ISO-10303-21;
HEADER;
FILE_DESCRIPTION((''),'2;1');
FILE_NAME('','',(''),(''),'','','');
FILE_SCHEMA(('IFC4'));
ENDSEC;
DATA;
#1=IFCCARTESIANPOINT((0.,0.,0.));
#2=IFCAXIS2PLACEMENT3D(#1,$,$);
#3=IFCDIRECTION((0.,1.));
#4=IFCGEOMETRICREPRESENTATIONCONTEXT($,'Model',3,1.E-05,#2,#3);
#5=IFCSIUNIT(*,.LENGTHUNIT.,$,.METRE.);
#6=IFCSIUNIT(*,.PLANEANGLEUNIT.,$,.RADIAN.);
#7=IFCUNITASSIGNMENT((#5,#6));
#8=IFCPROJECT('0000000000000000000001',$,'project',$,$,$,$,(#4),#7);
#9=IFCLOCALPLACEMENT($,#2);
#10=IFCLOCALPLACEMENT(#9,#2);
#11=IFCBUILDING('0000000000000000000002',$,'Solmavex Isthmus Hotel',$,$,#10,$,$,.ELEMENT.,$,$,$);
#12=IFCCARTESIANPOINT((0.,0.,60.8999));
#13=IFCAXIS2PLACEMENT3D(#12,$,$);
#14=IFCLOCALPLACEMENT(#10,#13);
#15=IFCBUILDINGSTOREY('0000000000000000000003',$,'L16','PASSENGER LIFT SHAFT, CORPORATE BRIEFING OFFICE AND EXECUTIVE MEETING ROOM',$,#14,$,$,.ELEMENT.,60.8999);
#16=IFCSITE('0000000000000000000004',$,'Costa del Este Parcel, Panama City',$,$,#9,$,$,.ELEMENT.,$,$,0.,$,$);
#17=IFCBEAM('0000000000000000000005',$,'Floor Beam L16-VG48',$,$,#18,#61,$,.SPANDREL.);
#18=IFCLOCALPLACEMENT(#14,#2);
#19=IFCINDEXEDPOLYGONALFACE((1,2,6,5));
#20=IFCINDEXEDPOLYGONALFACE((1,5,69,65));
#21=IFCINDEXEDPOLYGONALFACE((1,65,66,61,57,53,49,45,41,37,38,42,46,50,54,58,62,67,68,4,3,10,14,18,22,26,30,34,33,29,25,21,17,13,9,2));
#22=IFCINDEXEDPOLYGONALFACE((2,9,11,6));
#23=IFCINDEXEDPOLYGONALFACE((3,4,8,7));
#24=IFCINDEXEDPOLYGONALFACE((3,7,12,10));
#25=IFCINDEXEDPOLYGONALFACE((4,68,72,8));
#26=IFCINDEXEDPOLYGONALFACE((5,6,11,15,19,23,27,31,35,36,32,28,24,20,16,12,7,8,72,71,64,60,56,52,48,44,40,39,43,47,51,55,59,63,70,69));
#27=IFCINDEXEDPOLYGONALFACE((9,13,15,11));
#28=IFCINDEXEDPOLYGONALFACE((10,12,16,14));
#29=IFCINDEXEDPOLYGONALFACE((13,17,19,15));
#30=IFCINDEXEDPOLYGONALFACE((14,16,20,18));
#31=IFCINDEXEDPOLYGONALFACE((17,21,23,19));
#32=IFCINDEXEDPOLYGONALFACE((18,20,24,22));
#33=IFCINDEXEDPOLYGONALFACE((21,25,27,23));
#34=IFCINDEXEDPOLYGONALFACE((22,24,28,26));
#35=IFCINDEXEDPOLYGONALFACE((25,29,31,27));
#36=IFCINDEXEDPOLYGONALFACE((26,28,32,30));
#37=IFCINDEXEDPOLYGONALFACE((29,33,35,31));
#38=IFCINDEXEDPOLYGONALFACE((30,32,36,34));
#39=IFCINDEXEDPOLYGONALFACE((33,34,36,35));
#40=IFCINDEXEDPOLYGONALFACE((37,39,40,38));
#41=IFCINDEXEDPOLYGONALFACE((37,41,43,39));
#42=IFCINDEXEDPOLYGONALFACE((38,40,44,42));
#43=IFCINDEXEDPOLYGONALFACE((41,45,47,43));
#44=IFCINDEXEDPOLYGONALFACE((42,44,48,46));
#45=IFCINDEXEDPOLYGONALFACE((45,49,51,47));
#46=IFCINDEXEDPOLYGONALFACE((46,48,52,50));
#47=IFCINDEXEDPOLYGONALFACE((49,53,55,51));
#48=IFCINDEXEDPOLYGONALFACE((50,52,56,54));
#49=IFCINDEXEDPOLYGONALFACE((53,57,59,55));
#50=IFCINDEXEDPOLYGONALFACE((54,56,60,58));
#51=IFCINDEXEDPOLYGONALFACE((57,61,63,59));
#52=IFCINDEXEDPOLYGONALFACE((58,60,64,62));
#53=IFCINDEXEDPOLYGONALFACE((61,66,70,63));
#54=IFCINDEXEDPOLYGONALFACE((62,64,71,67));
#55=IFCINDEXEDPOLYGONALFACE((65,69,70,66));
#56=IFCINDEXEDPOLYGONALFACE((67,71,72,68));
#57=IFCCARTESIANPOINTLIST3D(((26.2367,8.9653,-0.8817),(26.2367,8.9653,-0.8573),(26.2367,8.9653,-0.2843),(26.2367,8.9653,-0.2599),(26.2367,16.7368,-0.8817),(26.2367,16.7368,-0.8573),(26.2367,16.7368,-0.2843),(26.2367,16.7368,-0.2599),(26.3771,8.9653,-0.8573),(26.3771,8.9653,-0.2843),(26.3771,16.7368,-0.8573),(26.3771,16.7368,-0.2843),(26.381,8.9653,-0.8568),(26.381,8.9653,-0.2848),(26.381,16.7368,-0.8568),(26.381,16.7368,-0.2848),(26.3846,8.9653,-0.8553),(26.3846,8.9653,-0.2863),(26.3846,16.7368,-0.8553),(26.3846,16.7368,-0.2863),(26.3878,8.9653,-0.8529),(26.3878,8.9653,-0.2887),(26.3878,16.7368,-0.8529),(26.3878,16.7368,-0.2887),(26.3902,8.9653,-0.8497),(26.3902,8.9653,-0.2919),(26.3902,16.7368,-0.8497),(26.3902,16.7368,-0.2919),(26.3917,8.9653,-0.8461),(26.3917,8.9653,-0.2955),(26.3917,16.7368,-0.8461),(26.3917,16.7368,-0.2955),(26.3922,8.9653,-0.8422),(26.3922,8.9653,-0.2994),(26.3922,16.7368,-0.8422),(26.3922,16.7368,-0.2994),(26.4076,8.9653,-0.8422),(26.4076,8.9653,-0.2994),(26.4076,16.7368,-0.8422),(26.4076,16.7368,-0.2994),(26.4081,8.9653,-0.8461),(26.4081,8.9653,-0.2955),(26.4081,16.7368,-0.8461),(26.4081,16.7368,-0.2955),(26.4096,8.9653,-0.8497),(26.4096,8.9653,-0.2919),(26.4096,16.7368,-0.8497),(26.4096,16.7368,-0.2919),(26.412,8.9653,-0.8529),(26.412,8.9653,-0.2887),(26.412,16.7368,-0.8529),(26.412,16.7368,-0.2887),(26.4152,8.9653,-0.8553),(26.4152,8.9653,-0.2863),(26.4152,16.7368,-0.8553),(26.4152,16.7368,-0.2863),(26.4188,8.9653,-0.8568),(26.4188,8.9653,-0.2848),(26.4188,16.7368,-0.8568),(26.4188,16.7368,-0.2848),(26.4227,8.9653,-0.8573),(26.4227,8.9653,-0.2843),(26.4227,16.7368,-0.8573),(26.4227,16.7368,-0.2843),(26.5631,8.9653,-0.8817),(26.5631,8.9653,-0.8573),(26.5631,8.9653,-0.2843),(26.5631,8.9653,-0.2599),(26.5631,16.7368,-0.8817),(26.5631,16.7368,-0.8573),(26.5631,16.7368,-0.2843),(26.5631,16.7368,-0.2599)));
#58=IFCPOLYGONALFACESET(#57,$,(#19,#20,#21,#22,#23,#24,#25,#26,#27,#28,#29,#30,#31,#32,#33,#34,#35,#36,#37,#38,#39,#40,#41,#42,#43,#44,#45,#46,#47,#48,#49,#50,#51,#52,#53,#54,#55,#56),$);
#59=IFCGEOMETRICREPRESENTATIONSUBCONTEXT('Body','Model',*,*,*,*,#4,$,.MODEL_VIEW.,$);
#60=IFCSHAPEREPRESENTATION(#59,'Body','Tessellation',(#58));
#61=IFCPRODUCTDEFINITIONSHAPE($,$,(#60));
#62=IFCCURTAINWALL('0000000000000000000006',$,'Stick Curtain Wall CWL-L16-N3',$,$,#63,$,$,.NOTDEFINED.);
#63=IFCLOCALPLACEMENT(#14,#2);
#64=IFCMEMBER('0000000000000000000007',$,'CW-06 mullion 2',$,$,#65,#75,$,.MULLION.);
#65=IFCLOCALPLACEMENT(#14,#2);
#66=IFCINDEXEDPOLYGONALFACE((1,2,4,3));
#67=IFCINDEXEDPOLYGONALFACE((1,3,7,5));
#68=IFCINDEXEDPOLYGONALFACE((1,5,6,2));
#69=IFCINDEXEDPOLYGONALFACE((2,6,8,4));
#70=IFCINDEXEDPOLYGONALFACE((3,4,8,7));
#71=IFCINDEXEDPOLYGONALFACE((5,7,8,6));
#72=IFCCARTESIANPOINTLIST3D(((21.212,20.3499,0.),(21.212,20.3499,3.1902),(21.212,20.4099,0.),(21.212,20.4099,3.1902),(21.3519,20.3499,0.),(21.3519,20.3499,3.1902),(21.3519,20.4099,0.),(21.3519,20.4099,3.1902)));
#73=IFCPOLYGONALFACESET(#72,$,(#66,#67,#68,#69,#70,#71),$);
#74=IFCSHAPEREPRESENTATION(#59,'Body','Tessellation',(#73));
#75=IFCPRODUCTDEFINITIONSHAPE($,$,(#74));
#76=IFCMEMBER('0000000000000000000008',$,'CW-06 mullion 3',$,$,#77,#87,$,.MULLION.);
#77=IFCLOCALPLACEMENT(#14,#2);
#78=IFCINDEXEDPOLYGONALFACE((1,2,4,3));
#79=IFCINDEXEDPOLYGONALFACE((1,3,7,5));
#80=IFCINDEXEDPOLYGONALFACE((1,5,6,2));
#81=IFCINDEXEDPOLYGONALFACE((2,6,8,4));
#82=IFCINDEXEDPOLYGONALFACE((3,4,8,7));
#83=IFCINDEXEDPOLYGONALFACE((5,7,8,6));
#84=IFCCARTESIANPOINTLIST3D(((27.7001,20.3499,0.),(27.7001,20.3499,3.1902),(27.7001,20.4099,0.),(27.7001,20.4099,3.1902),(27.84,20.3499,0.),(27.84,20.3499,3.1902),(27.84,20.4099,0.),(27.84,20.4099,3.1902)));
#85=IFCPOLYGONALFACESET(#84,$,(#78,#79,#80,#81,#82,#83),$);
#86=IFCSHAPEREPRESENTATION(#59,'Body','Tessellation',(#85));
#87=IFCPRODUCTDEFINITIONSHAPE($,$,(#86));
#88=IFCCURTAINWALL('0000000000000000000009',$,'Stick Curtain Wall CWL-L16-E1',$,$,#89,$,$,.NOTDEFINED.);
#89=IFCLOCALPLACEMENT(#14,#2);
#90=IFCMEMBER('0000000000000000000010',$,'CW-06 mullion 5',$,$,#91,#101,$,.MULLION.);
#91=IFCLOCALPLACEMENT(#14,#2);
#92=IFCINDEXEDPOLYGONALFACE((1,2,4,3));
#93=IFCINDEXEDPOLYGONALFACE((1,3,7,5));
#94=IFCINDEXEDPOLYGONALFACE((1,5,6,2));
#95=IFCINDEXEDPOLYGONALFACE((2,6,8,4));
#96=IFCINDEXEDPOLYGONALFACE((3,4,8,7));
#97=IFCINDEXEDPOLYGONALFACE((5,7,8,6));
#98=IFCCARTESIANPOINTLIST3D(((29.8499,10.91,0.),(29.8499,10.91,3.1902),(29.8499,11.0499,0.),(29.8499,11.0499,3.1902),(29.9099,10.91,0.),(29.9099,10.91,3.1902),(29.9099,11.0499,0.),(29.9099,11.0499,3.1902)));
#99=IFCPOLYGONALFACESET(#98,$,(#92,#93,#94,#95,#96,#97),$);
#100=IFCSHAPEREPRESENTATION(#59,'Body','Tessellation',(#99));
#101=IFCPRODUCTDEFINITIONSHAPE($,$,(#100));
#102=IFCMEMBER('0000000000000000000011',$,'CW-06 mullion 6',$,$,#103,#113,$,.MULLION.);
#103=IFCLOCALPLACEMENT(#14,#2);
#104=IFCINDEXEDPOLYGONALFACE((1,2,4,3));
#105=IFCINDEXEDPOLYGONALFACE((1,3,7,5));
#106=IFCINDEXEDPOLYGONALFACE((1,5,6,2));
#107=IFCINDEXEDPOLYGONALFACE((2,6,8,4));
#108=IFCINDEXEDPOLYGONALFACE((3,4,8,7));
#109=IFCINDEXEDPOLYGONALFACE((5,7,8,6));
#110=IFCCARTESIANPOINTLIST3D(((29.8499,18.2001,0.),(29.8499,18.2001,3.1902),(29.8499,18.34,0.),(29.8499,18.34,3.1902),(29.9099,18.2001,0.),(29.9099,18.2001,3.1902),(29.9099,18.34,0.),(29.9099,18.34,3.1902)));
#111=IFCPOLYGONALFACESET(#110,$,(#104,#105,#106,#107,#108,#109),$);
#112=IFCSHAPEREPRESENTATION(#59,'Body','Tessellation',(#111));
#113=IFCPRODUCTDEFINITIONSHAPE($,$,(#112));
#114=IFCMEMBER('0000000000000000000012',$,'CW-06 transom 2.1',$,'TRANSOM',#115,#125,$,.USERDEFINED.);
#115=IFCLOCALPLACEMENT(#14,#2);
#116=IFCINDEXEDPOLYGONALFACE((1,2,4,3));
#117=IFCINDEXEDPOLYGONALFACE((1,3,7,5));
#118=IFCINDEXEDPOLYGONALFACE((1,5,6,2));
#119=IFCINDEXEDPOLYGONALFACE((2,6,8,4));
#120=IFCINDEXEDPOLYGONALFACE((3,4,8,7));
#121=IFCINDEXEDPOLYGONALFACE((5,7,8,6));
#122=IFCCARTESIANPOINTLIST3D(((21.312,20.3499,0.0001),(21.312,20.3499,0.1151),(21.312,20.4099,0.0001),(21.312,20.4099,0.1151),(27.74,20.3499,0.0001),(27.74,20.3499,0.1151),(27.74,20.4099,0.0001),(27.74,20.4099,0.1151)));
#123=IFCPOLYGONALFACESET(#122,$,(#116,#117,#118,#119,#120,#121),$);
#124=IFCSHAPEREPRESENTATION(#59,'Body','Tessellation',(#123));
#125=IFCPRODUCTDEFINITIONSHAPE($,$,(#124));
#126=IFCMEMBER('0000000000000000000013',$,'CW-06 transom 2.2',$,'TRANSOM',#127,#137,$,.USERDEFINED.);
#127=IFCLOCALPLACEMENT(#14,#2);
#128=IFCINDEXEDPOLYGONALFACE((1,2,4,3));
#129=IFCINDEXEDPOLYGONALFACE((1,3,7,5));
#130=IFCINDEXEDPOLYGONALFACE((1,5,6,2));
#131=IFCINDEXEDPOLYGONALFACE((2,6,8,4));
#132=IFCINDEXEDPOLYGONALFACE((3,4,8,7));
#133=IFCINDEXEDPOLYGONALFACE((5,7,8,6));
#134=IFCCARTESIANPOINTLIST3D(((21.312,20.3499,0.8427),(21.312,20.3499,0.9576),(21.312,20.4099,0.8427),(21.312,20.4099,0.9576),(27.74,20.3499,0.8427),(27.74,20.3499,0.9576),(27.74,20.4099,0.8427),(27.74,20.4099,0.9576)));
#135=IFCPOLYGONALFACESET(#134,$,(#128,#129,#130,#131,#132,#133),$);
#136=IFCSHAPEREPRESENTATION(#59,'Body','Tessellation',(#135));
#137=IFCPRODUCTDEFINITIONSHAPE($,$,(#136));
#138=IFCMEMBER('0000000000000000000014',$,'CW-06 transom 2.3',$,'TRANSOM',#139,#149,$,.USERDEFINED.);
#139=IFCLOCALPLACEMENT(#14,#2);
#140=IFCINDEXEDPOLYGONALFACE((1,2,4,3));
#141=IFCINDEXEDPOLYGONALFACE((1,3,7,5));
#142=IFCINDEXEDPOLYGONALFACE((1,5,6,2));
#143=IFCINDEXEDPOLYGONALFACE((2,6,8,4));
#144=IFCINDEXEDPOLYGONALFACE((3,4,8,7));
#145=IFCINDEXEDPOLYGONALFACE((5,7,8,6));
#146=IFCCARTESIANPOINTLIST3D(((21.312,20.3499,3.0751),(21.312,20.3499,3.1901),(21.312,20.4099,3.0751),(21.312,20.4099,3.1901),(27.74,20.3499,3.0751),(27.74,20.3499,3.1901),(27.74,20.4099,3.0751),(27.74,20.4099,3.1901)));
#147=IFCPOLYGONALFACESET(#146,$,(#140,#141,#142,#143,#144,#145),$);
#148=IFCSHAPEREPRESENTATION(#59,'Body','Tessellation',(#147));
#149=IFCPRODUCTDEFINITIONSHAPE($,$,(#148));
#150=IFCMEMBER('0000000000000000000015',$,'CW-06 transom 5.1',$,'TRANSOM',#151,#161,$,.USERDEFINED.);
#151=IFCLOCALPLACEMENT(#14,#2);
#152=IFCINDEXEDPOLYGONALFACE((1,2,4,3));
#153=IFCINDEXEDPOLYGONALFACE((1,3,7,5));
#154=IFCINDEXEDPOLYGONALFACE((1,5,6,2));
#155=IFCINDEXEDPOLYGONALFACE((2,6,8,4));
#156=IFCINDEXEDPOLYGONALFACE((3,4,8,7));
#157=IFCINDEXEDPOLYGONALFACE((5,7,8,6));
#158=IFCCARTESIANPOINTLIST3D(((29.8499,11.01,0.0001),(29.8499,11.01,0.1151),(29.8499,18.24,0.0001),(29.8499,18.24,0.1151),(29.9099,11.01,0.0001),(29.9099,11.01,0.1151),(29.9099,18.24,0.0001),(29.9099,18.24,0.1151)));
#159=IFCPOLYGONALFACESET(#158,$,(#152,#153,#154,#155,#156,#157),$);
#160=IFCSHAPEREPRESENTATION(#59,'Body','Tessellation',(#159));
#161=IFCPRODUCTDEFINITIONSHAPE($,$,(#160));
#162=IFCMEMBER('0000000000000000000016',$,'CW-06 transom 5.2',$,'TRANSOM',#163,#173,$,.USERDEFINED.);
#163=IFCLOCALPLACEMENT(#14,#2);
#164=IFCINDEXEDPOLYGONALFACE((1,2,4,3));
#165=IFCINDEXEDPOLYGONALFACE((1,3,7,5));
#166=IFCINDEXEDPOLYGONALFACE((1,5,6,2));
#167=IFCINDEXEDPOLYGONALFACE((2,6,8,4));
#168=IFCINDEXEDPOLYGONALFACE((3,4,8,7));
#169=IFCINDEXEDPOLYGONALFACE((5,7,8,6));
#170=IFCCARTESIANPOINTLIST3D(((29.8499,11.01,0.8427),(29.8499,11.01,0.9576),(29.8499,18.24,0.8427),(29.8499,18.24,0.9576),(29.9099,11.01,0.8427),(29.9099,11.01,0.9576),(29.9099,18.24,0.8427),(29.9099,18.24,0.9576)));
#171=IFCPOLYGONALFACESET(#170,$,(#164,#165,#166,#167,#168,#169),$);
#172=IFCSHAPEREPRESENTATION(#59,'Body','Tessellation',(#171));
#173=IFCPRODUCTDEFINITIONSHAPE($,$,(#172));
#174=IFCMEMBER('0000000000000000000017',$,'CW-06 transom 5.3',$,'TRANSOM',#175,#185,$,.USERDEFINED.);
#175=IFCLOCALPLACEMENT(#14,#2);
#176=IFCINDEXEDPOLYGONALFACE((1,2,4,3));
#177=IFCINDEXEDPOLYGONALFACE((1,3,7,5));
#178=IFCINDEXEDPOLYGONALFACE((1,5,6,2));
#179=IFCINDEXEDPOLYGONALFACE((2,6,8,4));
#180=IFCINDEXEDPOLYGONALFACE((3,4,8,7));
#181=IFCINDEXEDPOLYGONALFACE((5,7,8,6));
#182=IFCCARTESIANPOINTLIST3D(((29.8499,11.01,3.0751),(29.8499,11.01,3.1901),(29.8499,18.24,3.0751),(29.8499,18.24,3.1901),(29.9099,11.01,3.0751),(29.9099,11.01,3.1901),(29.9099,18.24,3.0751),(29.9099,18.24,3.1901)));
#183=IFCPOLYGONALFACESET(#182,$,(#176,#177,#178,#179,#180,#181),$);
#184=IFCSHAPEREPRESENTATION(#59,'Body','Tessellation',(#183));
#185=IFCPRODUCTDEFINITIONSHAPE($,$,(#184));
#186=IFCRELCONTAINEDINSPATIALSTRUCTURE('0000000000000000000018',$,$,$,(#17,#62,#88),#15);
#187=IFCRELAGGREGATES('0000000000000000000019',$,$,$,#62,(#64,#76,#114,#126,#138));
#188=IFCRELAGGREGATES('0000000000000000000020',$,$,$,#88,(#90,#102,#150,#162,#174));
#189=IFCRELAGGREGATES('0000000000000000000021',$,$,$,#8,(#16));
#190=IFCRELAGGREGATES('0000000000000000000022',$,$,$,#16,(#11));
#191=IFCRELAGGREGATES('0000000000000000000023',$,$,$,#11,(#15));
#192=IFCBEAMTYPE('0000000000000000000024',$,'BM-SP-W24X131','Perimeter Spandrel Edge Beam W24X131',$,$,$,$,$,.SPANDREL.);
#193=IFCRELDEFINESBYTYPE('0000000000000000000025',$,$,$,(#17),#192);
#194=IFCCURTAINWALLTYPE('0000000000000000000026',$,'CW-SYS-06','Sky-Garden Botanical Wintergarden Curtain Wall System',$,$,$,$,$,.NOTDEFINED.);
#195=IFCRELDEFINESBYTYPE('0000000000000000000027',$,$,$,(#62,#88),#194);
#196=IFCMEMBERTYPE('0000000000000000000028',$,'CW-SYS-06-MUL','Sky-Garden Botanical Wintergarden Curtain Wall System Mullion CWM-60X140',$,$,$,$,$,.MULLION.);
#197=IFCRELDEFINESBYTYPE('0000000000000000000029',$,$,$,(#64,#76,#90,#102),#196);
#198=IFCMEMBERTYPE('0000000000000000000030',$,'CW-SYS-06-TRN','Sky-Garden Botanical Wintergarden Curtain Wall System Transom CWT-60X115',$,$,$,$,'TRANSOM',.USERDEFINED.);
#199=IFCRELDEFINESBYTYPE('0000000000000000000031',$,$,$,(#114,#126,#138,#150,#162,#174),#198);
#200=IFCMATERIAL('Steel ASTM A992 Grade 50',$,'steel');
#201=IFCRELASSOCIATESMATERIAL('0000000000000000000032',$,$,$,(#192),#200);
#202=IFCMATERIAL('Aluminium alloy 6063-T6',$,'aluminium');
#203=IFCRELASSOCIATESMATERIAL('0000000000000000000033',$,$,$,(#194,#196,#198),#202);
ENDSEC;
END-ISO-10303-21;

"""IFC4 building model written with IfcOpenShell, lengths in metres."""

from ifc_helpers import new_model, si_unit, direction, frame, origin, origin_2d, place, context, subcontext, project, spatial, rectangle, i_section, extrude, material, material_profile, profile_set, type_object, element, aggregate, save


model = new_model("IFC4")

# Units and contexts
model_context = context("Model", 3, precision=1e-05, world=origin(), true_north=direction((0.0, 1.0)))
body_context = subcontext(model_context, "Body", "Model", "MODEL_VIEW")
ifc_project = project(units=[si_unit("LENGTHUNIT", "METRE"), si_unit("PLANEANGLEUNIT", "RADIAN")], contexts=[model_context])

# Site, building, storey
site_placement = place(None, origin())
site = spatial("IfcSite", under=ifc_project, at=site_placement, Name="Costa del Este Parcel, Panama City", CompositionType="ELEMENT", RefElevation=0.0)
building_placement = place(site_placement, origin())
building = spatial("IfcBuilding", under=site, at=building_placement, Name="Solmavex Isthmus Hotel", CompositionType="ELEMENT")
storey_placement = place(building_placement, frame((0.0, 0.0, 60.8999)))
storey = spatial("IfcBuildingStorey", under=building, at=storey_placement, Name="L16", Description="PASSENGER LIFT SHAFT, CORPORATE BRIEFING OFFICE AND EXECUTIVE MEETING ROOM", CompositionType="ELEMENT", Elevation=60.8999)

# Beam
ifc_material_1 = material(Name="Steel ASTM A992 Grade 50", Category="steel")
ifc_material_profile_1 = material_profile(ifc_material_1, i_section(OverallWidth=0.3264, OverallDepth=0.6218, WebThickness=0.0154, FlangeThickness=0.0244, FilletRadius=0.0151, at=origin_2d()), Name="W24X131")
ifc_profile_set_1 = profile_set([ifc_material_profile_1], Name="Steel ASTM A992 Grade 50")
beam_type_1 = type_object("IfcBeamType", Name="BM-SP-W24X131", Description="Perimeter Spandrel Edge Beam W24X131", PredefinedType="SPANDREL", material=ifc_profile_set_1)
beam_1_placement = place(storey_placement, frame((26.3999, 8.9653, -0.5708), z_axis=(0.0, 1.0, 0.0), x_axis=(-1.0, 0.0, 0.0)))
element("IfcBeam", 1, at=beam_1_placement, inside=storey, type_object=beam_type_1, Name="Floor Beam L16-VG48", PredefinedType="SPANDREL", context=body_context, shape_type="SweptSolid", body=[
    extrude(i_section(OverallWidth=0.3264, OverallDepth=0.6218, WebThickness=0.0154, FlangeThickness=0.0244, FilletRadius=0.0151, at=origin_2d()), origin(), (0.0, 0.0, 1.0), 7.7715),
])

# Curtain walls, members
ifc_material_2 = material(Name="Aluminium alloy 6063-T6", Category="aluminium")
curtain_wall_type = type_object("IfcCurtainWallType", Name="CW-SYS-06", Description="Sky-Garden Botanical Wintergarden Curtain Wall System", PredefinedType="NOTDEFINED", material=ifc_material_2)
curtain_wall_1_placement = place(storey_placement, origin())
curtain_wall_1 = element("IfcCurtainWall", 2, at=curtain_wall_1_placement, inside=storey, type_object=curtain_wall_type, Name="Stick Curtain Wall CWL-L16-N3", PredefinedType="NOTDEFINED")
ifc_material_profile_2 = material_profile(ifc_material_2, rectangle(XDim=0.0601, YDim=0.1399, at=origin_2d()), Name="CWM-60X140")
ifc_profile_set_2 = profile_set([ifc_material_profile_2], Name="Aluminium alloy 6063-T6")
member_type_1 = type_object("IfcMemberType", Name="CW-SYS-06-MUL", Description="Sky-Garden Botanical Wintergarden Curtain Wall System Mullion CWM-60X140", PredefinedType="MULLION", material=ifc_profile_set_2)
member_1_placement = place(storey_placement, frame((21.282, 20.3799, 0.0), z_axis=(0.0, 0.0, 1.0), x_axis=(0.0, 1.0, 0.0)))
member_1 = element("IfcMember", 3, at=member_1_placement, type_object=member_type_1, Name="CW-06 mullion 2", PredefinedType="MULLION", context=body_context, shape_type="SweptSolid", body=[
    extrude(rectangle(XDim=0.0601, YDim=0.1399, at=origin_2d()), origin(), (0.0, 0.0, 1.0), 3.1902),
])
member_2_placement = place(storey_placement, frame((27.77, 20.3799, 0.0), z_axis=(0.0, 0.0, 1.0), x_axis=(0.0, 1.0, 0.0)))
member_2 = element("IfcMember", 4, at=member_2_placement, type_object=member_type_1, Name="CW-06 mullion 3", PredefinedType="MULLION", context=body_context, shape_type="SweptSolid", body=[
    extrude(rectangle(XDim=0.0601, YDim=0.1399, at=origin_2d()), origin(), (0.0, 0.0, 1.0), 3.1902),
])
curtain_wall_2_placement = place(storey_placement, origin())
curtain_wall_2 = element("IfcCurtainWall", 5, at=curtain_wall_2_placement, inside=storey, type_object=curtain_wall_type, Name="Stick Curtain Wall CWL-L16-E1", PredefinedType="NOTDEFINED")
member_3_placement = place(storey_placement, frame((29.8799, 10.98, 0.0), z_axis=(0.0, 0.0, 1.0), x_axis=(-1.0, 0.0, 0.0)))
member_3 = element("IfcMember", 6, at=member_3_placement, type_object=member_type_1, Name="CW-06 mullion 5", PredefinedType="MULLION", context=body_context, shape_type="SweptSolid", body=[
    extrude(rectangle(XDim=0.0601, YDim=0.1399, at=origin_2d()), origin(), (0.0, 0.0, 1.0), 3.1902),
])
member_4_placement = place(storey_placement, frame((29.8799, 18.27, 0.0), z_axis=(0.0, 0.0, 1.0), x_axis=(-1.0, 0.0, 0.0)))
member_4 = element("IfcMember", 7, at=member_4_placement, type_object=member_type_1, Name="CW-06 mullion 6", PredefinedType="MULLION", context=body_context, shape_type="SweptSolid", body=[
    extrude(rectangle(XDim=0.0601, YDim=0.1399, at=origin_2d()), origin(), (0.0, 0.0, 1.0), 3.1902),
])

# Members
ifc_material_profile_3 = material_profile(ifc_material_2, rectangle(XDim=0.0601, YDim=0.115, at=origin_2d()), Name="CWT-60X115")
ifc_profile_set_3 = profile_set([ifc_material_profile_3], Name="Aluminium alloy 6063-T6")
member_type_2 = type_object("IfcMemberType", Name="CW-SYS-06-TRN", Description="Sky-Garden Botanical Wintergarden Curtain Wall System Transom CWT-60X115", ElementType="TRANSOM", PredefinedType="USERDEFINED", material=ifc_profile_set_3)
member_5_placement = place(storey_placement, frame((21.312, 20.3799, 0.0576), z_axis=(1.0, 0.0, 0.0), x_axis=(0.0, 1.0, 0.0)))
member_5 = element("IfcMember", 8, at=member_5_placement, type_object=member_type_2, Name="CW-06 transom 2.1", ObjectType="TRANSOM", PredefinedType="USERDEFINED", context=body_context, shape_type="SweptSolid", body=[
    extrude(rectangle(XDim=0.0601, YDim=0.115, at=origin_2d()), origin(), (0.0, 0.0, 1.0), 6.428),
])
member_6_placement = place(storey_placement, frame((21.312, 20.3799, 0.9001), z_axis=(1.0, 0.0, 0.0), x_axis=(0.0, 1.0, 0.0)))
member_6 = element("IfcMember", 9, at=member_6_placement, type_object=member_type_2, Name="CW-06 transom 2.2", ObjectType="TRANSOM", PredefinedType="USERDEFINED", context=body_context, shape_type="SweptSolid", body=[
    extrude(rectangle(XDim=0.0601, YDim=0.115, at=origin_2d()), origin(), (0.0, 0.0, 1.0), 6.428),
])
member_7_placement = place(storey_placement, frame((21.312, 20.3799, 3.1326), z_axis=(1.0, 0.0, 0.0), x_axis=(0.0, 1.0, 0.0)))
member_7 = element("IfcMember", 10, at=member_7_placement, type_object=member_type_2, Name="CW-06 transom 2.3", ObjectType="TRANSOM", PredefinedType="USERDEFINED", context=body_context, shape_type="SweptSolid", body=[
    extrude(rectangle(XDim=0.0601, YDim=0.115, at=origin_2d()), origin(), (0.0, 0.0, 1.0), 6.428),
])
member_8_placement = place(storey_placement, frame((29.8799, 11.01, 0.0576), z_axis=(0.0, 1.0, 0.0), x_axis=(-1.0, 0.0, 0.0)))
member_8 = element("IfcMember", 11, at=member_8_placement, type_object=member_type_2, Name="CW-06 transom 5.1", ObjectType="TRANSOM", PredefinedType="USERDEFINED", context=body_context, shape_type="SweptSolid", body=[
    extrude(rectangle(XDim=0.0601, YDim=0.115, at=origin_2d()), origin(), (0.0, 0.0, 1.0), 7.23),
])
member_9_placement = place(storey_placement, frame((29.8799, 11.01, 0.9001), z_axis=(0.0, 1.0, 0.0), x_axis=(-1.0, 0.0, 0.0)))
member_9 = element("IfcMember", 12, at=member_9_placement, type_object=member_type_2, Name="CW-06 transom 5.2", ObjectType="TRANSOM", PredefinedType="USERDEFINED", context=body_context, shape_type="SweptSolid", body=[
    extrude(rectangle(XDim=0.0601, YDim=0.115, at=origin_2d()), origin(), (0.0, 0.0, 1.0), 7.23),
])
member_10_placement = place(storey_placement, frame((29.8799, 11.01, 3.1326), z_axis=(0.0, 1.0, 0.0), x_axis=(-1.0, 0.0, 0.0)))
member_10 = element("IfcMember", 13, at=member_10_placement, type_object=member_type_2, Name="CW-06 transom 5.3", ObjectType="TRANSOM", PredefinedType="USERDEFINED", context=body_context, shape_type="SweptSolid", body=[
    extrude(rectangle(XDim=0.0601, YDim=0.115, at=origin_2d()), origin(), (0.0, 0.0, 1.0), 7.23),
])

aggregate(curtain_wall_1, [member_1, member_2, member_5, member_6, member_7])
aggregate(curtain_wall_2, [member_3, member_4, member_8, member_9, member_10])

save(model, "model.ifc")
